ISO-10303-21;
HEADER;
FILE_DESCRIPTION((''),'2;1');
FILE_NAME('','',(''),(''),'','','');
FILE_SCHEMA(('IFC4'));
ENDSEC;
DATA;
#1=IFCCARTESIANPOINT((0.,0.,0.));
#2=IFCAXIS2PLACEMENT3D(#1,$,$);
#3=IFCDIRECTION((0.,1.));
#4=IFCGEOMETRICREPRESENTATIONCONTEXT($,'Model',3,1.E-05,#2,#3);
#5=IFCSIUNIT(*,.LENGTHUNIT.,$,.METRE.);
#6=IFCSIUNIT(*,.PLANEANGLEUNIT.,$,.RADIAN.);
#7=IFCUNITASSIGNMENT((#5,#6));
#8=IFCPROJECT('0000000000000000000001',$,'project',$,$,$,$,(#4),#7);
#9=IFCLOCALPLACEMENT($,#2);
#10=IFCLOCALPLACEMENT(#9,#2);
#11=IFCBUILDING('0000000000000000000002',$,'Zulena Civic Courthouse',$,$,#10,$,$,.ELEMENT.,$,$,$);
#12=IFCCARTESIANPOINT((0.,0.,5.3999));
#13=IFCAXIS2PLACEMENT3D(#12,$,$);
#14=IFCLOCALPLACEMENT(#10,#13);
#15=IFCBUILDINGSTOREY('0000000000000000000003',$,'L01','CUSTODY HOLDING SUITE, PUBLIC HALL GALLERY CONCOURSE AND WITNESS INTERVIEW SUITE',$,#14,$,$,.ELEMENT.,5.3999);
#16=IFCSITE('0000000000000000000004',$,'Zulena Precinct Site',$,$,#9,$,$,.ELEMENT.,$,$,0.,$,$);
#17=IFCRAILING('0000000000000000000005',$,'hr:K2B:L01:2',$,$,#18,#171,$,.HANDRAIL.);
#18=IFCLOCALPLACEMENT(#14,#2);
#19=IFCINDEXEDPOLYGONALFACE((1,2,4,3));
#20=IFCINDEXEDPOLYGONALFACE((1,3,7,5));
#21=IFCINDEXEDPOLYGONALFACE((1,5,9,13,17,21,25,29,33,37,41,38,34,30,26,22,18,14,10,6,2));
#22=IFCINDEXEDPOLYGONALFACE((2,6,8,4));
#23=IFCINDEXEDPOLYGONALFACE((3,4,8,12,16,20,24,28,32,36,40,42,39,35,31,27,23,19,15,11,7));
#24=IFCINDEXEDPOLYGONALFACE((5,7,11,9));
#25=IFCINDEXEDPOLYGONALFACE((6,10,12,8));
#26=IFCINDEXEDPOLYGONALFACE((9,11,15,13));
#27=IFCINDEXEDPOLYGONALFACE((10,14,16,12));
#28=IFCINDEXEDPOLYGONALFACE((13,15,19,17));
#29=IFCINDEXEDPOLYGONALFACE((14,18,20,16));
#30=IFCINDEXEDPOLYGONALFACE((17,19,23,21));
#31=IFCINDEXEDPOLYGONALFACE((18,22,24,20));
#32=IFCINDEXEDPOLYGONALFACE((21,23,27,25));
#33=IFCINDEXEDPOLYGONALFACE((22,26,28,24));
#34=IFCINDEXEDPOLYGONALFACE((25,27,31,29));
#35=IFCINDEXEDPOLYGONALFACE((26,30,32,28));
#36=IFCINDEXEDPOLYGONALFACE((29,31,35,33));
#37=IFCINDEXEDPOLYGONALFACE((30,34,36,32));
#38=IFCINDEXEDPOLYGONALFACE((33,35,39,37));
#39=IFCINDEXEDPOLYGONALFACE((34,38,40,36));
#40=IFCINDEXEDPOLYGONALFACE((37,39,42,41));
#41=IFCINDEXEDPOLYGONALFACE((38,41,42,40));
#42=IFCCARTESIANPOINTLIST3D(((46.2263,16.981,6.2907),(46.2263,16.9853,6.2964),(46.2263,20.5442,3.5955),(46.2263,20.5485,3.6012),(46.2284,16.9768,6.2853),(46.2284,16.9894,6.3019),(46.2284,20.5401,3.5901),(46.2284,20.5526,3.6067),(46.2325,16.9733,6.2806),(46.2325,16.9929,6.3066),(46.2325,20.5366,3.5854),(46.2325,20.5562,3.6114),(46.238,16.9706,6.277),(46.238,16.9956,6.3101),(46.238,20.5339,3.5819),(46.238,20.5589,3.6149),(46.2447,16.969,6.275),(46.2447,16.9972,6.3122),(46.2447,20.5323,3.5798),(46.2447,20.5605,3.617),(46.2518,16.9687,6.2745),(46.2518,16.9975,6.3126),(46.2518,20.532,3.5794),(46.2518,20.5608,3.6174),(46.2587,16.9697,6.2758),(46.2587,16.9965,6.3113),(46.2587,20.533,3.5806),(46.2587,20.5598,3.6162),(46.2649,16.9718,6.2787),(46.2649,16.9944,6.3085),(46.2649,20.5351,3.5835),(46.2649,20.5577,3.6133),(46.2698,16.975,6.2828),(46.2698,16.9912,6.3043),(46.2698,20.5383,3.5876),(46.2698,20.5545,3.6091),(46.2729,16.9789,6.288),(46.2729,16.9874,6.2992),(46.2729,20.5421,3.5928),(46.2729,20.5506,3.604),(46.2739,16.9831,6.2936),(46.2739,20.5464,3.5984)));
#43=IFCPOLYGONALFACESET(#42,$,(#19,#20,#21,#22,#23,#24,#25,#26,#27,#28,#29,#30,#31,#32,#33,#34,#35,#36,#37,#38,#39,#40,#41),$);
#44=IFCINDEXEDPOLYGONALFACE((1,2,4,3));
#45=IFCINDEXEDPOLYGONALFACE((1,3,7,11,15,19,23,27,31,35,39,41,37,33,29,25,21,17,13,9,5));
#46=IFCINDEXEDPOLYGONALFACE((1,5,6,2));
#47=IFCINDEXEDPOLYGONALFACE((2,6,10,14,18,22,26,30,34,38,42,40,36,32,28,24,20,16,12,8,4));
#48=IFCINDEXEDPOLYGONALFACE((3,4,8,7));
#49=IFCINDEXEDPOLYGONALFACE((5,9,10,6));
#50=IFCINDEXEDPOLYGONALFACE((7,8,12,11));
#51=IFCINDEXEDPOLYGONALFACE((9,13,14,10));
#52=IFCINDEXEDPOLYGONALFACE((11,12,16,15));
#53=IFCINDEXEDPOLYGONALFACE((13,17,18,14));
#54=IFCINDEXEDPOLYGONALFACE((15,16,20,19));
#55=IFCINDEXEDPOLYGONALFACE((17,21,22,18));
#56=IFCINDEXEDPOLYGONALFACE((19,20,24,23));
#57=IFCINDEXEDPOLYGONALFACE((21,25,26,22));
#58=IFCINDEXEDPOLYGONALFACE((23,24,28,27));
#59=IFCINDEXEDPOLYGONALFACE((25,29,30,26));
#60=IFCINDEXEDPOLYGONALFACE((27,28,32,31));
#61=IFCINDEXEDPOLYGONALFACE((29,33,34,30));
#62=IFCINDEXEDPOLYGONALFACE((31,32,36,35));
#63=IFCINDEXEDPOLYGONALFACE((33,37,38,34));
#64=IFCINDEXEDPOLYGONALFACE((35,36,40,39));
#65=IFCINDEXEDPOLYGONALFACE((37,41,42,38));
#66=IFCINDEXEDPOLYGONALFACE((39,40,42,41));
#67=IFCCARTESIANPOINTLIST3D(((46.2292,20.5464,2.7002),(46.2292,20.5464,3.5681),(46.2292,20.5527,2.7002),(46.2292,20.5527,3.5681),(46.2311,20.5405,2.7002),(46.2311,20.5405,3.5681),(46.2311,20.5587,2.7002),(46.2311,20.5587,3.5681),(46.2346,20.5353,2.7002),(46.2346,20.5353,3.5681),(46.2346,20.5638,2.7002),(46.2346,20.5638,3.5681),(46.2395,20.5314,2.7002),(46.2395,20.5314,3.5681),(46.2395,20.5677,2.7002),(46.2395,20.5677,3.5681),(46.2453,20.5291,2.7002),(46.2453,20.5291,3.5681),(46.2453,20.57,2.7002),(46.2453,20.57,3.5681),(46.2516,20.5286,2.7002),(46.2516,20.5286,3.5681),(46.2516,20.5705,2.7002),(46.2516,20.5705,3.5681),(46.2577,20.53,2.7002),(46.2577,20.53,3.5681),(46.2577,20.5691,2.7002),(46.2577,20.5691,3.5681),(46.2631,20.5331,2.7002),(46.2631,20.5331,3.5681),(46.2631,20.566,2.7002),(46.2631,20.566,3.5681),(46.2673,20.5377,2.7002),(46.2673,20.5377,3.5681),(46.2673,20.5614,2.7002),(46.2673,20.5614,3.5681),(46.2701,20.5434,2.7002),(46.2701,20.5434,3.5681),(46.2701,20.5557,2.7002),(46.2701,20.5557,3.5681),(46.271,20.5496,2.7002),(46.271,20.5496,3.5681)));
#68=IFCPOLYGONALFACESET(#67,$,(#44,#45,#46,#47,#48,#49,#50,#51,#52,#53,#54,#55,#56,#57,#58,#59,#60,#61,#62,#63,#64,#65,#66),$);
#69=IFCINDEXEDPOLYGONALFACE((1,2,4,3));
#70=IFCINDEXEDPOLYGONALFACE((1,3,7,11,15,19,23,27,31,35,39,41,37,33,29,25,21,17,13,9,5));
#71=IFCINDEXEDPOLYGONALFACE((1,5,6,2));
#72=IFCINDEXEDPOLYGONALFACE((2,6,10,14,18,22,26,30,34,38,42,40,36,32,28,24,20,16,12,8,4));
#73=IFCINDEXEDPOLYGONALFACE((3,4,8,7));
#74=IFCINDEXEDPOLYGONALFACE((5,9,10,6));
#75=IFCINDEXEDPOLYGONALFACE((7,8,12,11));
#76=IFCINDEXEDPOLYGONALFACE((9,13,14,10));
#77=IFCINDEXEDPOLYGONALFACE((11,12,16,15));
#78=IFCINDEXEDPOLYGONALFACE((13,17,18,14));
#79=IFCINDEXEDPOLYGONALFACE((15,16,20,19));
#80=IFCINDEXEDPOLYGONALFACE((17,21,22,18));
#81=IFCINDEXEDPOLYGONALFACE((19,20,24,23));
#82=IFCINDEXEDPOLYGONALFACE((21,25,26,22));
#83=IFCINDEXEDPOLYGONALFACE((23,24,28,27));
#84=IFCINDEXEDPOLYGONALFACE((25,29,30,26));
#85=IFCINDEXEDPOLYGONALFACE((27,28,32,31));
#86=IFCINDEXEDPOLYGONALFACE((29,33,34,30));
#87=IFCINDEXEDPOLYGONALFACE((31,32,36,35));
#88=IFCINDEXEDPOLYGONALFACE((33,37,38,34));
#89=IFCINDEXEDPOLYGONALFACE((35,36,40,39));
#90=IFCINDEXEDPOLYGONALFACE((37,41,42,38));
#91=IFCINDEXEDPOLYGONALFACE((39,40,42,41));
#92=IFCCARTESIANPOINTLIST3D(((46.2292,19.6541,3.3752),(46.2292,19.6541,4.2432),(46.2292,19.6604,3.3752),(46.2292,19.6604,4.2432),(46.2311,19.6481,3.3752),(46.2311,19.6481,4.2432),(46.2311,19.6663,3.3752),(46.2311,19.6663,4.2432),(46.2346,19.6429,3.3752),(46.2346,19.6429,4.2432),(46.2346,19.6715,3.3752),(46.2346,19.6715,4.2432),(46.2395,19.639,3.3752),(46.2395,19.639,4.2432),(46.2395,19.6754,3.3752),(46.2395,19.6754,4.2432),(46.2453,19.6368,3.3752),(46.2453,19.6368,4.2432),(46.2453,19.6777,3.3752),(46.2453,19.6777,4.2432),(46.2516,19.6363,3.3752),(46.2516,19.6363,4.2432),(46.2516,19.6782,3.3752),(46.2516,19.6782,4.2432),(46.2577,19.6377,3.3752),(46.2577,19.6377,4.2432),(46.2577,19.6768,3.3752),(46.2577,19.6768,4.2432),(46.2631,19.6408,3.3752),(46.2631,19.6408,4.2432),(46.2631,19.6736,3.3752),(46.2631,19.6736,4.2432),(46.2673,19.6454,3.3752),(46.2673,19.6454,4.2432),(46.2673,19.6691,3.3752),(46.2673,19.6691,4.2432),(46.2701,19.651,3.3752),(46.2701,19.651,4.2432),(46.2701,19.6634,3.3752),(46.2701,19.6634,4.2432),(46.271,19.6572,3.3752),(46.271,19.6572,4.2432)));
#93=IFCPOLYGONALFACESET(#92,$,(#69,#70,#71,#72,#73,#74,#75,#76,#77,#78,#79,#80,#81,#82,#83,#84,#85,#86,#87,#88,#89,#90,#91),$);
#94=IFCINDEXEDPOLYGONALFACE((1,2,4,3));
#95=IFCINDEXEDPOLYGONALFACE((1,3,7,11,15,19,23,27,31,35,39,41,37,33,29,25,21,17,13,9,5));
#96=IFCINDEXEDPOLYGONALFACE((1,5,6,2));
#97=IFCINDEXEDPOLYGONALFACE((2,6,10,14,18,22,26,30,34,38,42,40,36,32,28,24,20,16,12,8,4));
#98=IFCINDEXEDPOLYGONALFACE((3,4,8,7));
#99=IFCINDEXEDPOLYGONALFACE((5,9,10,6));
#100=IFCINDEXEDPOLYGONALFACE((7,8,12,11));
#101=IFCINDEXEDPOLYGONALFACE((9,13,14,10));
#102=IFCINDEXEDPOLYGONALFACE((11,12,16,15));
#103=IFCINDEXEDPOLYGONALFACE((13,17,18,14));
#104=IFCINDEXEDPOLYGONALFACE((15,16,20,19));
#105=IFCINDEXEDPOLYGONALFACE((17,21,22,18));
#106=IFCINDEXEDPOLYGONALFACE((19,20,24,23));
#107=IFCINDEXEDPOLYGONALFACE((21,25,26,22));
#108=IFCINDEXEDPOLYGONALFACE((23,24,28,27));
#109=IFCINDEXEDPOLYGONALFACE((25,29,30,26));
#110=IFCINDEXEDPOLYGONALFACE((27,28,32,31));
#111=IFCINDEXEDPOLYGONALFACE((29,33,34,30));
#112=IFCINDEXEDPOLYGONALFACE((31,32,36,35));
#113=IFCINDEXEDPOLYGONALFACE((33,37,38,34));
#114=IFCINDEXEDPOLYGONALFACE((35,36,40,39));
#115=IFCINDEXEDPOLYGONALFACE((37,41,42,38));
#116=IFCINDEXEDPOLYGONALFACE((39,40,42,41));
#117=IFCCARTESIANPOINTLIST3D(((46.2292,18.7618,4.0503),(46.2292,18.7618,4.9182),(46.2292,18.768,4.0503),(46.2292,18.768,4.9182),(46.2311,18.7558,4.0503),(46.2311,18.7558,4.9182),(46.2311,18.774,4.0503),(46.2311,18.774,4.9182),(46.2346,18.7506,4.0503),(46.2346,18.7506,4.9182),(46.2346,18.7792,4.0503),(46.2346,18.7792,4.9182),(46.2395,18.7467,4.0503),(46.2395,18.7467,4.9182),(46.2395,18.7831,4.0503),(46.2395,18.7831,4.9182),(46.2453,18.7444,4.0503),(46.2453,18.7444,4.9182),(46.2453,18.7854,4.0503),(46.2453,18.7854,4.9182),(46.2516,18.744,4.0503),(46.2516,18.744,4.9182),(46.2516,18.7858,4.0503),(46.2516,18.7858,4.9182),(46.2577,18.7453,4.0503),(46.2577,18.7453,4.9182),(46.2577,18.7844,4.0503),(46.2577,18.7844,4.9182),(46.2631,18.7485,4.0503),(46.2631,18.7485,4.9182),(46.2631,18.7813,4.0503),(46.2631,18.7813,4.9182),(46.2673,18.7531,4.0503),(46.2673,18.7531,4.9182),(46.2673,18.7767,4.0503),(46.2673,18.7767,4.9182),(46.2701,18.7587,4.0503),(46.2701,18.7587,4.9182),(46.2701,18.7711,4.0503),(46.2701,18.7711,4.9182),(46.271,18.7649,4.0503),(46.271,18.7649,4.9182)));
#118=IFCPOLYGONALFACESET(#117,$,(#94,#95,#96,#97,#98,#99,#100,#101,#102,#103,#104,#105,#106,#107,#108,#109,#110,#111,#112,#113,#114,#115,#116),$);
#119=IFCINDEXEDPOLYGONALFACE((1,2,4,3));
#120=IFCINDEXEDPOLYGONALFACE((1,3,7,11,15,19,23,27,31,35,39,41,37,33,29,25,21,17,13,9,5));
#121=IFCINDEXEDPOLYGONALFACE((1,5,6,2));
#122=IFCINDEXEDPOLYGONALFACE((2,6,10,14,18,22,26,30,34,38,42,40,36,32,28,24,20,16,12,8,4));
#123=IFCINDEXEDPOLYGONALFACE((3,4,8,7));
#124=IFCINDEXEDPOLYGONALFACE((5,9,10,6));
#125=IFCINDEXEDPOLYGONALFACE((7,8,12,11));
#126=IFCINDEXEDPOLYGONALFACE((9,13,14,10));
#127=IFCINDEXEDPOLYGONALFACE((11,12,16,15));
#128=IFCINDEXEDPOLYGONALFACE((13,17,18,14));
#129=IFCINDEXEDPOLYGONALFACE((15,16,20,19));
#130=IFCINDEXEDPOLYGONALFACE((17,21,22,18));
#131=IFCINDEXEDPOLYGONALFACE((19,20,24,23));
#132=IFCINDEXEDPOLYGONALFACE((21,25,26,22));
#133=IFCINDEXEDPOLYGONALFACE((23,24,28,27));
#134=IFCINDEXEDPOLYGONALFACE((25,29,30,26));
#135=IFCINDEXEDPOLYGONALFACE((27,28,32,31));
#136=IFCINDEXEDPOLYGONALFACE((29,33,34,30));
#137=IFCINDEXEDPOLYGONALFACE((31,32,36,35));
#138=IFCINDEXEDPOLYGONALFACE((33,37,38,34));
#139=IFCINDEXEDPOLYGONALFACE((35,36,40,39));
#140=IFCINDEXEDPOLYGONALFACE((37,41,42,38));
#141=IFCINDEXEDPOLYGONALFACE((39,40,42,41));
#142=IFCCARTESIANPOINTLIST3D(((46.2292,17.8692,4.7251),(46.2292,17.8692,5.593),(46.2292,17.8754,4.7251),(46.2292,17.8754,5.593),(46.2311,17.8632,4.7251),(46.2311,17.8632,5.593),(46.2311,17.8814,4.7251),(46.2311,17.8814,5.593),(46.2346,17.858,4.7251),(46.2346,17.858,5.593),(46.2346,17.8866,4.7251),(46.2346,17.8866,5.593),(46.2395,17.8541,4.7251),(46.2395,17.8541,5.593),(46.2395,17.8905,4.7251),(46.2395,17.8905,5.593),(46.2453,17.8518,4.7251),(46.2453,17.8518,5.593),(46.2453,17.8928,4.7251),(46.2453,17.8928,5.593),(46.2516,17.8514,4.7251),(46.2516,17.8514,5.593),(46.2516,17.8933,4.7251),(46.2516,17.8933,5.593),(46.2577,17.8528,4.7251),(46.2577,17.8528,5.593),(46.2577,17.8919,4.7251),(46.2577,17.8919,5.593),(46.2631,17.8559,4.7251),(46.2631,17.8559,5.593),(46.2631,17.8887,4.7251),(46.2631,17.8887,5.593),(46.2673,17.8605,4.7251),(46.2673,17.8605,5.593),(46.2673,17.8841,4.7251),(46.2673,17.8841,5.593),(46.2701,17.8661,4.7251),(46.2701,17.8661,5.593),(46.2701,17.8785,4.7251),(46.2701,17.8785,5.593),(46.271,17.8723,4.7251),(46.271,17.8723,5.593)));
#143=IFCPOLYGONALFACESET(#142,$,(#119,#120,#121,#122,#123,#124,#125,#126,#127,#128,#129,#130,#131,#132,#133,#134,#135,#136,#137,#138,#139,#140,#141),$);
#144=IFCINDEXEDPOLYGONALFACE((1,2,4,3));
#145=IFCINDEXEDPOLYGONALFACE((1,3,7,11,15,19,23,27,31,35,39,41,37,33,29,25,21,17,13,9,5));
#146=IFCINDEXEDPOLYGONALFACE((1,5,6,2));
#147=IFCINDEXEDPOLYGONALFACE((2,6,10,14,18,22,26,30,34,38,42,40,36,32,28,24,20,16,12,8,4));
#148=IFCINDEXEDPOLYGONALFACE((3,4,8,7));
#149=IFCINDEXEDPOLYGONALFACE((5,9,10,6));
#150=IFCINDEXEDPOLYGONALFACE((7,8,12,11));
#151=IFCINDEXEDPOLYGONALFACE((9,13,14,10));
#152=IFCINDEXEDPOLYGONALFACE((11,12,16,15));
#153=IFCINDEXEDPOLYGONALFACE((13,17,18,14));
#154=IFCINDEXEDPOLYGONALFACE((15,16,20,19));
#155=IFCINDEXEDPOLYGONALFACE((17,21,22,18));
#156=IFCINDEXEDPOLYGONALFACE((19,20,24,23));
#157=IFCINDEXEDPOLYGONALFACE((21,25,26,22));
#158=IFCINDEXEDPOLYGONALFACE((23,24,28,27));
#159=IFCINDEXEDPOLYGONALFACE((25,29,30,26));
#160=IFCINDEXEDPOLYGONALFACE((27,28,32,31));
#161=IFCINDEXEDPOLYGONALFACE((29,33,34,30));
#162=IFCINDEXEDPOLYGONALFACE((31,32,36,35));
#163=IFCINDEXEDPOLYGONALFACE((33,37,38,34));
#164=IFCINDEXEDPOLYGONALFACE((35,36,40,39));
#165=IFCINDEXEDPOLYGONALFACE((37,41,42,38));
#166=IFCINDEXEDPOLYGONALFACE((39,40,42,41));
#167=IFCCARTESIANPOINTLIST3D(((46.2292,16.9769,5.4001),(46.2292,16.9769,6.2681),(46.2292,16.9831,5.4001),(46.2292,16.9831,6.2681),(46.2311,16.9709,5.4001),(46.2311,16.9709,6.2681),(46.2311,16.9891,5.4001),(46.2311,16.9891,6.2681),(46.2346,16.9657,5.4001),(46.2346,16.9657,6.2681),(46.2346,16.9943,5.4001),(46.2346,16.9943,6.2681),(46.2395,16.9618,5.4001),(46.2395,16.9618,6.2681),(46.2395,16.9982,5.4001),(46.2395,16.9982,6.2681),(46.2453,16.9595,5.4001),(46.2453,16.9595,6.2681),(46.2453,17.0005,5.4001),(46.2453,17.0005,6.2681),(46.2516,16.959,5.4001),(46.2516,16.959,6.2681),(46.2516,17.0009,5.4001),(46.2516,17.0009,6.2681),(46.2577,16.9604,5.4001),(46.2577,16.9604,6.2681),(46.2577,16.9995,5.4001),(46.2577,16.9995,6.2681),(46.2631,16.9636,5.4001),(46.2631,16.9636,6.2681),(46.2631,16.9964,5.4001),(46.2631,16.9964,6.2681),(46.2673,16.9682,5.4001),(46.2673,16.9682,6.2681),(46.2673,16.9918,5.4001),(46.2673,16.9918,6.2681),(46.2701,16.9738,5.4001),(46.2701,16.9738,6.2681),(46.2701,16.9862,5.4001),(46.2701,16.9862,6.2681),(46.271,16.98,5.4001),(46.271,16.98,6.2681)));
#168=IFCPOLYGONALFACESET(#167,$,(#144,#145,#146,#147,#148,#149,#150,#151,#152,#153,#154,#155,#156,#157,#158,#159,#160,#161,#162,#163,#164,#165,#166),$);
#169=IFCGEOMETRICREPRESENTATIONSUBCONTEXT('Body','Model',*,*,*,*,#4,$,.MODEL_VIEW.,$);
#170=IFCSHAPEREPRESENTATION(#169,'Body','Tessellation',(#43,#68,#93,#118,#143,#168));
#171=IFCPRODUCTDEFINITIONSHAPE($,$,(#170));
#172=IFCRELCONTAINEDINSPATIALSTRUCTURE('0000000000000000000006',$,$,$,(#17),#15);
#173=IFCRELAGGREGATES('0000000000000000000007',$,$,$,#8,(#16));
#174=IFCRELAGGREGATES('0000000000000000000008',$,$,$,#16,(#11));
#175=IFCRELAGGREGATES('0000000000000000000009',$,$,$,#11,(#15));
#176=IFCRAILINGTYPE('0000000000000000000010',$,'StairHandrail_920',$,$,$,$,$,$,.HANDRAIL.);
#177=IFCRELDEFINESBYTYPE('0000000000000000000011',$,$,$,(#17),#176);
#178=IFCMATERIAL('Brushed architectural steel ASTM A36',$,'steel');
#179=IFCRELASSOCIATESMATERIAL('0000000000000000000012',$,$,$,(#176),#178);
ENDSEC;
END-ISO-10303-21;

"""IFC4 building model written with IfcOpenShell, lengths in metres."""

from ifc_helpers import new_model, si_unit, direction, frame, origin, origin_2d, place, context, subcontext, project, spatial, circle, extrude, material, type_object, element, save


model = new_model("IFC4")

# Units and contexts
model_context = context("Model", 3, precision=1e-05, world=origin(), true_north=direction((0.0, 1.0)))
body_context = subcontext(model_context, "Body", "Model", "MODEL_VIEW")
ifc_project = project(units=[si_unit("LENGTHUNIT", "METRE"), si_unit("PLANEANGLEUNIT", "RADIAN")], contexts=[model_context])

# Site, building, storey
site_placement = place(None, origin())
site = spatial("IfcSite", under=ifc_project, at=site_placement, Name="Zulena Precinct Site", CompositionType="ELEMENT", RefElevation=0.0)
building_placement = place(site_placement, origin())
building = spatial("IfcBuilding", under=site, at=building_placement, Name="Zulena Civic Courthouse", CompositionType="ELEMENT")
storey_placement = place(building_placement, frame((0.0, 0.0, 5.3999)))
storey = spatial("IfcBuildingStorey", under=building, at=storey_placement, Name="L01", Description="CUSTODY HOLDING SUITE, PUBLIC HALL GALLERY CONCOURSE AND WITNESS INTERVIEW SUITE", CompositionType="ELEMENT", Elevation=5.3999)

# Shared definitions
ifc_material_1 = material(Name="Brushed architectural steel ASTM A36", Category="steel")

# Railing
railing_type_1 = type_object("IfcRailingType", Name="StairHandrail_920", PredefinedType="HANDRAIL", material=ifc_material_1)
railing_1_placement = place(storey_placement, frame((46.25, 20.5496, 2.7002)))
element("IfcRailing", 1, at=railing_1_placement, inside=storey, type_object=railing_type_1, Name="hr:K2B:L01:2", PredefinedType="HANDRAIL", context=body_context, shape_type="SweptSolid", body=[
    extrude(circle(Radius=0.0239, at=origin_2d()), frame((0.0, -0.0032, 0.8982), z_axis=(0.0, -0.797552, 0.60325), x_axis=(1.0, 0.0, 0.0)), (0.0, 0.0, 1.0), 4.4678),
    extrude(circle(Radius=0.021, at=origin_2d()), origin(), (0.0, 0.0, 1.0), 0.8679),
    extrude(circle(Radius=0.021, at=origin_2d()), frame((0.0, -0.8923, 0.675)), (0.0, 0.0, 1.0), 0.8679),
    extrude(circle(Radius=0.021, at=origin_2d()), frame((0.0, -1.7847, 1.3501)), (0.0, 0.0, 1.0), 0.8679),
    extrude(circle(Radius=0.021, at=origin_2d()), frame((0.0, -2.6772, 2.0249)), (0.0, 0.0, 1.0), 0.8679),
    extrude(circle(Radius=0.021, at=origin_2d()), frame((0.0, -3.5696, 2.7)), (0.0, 0.0, 1.0), 0.8679),
])

save(model, "model.ifc")
